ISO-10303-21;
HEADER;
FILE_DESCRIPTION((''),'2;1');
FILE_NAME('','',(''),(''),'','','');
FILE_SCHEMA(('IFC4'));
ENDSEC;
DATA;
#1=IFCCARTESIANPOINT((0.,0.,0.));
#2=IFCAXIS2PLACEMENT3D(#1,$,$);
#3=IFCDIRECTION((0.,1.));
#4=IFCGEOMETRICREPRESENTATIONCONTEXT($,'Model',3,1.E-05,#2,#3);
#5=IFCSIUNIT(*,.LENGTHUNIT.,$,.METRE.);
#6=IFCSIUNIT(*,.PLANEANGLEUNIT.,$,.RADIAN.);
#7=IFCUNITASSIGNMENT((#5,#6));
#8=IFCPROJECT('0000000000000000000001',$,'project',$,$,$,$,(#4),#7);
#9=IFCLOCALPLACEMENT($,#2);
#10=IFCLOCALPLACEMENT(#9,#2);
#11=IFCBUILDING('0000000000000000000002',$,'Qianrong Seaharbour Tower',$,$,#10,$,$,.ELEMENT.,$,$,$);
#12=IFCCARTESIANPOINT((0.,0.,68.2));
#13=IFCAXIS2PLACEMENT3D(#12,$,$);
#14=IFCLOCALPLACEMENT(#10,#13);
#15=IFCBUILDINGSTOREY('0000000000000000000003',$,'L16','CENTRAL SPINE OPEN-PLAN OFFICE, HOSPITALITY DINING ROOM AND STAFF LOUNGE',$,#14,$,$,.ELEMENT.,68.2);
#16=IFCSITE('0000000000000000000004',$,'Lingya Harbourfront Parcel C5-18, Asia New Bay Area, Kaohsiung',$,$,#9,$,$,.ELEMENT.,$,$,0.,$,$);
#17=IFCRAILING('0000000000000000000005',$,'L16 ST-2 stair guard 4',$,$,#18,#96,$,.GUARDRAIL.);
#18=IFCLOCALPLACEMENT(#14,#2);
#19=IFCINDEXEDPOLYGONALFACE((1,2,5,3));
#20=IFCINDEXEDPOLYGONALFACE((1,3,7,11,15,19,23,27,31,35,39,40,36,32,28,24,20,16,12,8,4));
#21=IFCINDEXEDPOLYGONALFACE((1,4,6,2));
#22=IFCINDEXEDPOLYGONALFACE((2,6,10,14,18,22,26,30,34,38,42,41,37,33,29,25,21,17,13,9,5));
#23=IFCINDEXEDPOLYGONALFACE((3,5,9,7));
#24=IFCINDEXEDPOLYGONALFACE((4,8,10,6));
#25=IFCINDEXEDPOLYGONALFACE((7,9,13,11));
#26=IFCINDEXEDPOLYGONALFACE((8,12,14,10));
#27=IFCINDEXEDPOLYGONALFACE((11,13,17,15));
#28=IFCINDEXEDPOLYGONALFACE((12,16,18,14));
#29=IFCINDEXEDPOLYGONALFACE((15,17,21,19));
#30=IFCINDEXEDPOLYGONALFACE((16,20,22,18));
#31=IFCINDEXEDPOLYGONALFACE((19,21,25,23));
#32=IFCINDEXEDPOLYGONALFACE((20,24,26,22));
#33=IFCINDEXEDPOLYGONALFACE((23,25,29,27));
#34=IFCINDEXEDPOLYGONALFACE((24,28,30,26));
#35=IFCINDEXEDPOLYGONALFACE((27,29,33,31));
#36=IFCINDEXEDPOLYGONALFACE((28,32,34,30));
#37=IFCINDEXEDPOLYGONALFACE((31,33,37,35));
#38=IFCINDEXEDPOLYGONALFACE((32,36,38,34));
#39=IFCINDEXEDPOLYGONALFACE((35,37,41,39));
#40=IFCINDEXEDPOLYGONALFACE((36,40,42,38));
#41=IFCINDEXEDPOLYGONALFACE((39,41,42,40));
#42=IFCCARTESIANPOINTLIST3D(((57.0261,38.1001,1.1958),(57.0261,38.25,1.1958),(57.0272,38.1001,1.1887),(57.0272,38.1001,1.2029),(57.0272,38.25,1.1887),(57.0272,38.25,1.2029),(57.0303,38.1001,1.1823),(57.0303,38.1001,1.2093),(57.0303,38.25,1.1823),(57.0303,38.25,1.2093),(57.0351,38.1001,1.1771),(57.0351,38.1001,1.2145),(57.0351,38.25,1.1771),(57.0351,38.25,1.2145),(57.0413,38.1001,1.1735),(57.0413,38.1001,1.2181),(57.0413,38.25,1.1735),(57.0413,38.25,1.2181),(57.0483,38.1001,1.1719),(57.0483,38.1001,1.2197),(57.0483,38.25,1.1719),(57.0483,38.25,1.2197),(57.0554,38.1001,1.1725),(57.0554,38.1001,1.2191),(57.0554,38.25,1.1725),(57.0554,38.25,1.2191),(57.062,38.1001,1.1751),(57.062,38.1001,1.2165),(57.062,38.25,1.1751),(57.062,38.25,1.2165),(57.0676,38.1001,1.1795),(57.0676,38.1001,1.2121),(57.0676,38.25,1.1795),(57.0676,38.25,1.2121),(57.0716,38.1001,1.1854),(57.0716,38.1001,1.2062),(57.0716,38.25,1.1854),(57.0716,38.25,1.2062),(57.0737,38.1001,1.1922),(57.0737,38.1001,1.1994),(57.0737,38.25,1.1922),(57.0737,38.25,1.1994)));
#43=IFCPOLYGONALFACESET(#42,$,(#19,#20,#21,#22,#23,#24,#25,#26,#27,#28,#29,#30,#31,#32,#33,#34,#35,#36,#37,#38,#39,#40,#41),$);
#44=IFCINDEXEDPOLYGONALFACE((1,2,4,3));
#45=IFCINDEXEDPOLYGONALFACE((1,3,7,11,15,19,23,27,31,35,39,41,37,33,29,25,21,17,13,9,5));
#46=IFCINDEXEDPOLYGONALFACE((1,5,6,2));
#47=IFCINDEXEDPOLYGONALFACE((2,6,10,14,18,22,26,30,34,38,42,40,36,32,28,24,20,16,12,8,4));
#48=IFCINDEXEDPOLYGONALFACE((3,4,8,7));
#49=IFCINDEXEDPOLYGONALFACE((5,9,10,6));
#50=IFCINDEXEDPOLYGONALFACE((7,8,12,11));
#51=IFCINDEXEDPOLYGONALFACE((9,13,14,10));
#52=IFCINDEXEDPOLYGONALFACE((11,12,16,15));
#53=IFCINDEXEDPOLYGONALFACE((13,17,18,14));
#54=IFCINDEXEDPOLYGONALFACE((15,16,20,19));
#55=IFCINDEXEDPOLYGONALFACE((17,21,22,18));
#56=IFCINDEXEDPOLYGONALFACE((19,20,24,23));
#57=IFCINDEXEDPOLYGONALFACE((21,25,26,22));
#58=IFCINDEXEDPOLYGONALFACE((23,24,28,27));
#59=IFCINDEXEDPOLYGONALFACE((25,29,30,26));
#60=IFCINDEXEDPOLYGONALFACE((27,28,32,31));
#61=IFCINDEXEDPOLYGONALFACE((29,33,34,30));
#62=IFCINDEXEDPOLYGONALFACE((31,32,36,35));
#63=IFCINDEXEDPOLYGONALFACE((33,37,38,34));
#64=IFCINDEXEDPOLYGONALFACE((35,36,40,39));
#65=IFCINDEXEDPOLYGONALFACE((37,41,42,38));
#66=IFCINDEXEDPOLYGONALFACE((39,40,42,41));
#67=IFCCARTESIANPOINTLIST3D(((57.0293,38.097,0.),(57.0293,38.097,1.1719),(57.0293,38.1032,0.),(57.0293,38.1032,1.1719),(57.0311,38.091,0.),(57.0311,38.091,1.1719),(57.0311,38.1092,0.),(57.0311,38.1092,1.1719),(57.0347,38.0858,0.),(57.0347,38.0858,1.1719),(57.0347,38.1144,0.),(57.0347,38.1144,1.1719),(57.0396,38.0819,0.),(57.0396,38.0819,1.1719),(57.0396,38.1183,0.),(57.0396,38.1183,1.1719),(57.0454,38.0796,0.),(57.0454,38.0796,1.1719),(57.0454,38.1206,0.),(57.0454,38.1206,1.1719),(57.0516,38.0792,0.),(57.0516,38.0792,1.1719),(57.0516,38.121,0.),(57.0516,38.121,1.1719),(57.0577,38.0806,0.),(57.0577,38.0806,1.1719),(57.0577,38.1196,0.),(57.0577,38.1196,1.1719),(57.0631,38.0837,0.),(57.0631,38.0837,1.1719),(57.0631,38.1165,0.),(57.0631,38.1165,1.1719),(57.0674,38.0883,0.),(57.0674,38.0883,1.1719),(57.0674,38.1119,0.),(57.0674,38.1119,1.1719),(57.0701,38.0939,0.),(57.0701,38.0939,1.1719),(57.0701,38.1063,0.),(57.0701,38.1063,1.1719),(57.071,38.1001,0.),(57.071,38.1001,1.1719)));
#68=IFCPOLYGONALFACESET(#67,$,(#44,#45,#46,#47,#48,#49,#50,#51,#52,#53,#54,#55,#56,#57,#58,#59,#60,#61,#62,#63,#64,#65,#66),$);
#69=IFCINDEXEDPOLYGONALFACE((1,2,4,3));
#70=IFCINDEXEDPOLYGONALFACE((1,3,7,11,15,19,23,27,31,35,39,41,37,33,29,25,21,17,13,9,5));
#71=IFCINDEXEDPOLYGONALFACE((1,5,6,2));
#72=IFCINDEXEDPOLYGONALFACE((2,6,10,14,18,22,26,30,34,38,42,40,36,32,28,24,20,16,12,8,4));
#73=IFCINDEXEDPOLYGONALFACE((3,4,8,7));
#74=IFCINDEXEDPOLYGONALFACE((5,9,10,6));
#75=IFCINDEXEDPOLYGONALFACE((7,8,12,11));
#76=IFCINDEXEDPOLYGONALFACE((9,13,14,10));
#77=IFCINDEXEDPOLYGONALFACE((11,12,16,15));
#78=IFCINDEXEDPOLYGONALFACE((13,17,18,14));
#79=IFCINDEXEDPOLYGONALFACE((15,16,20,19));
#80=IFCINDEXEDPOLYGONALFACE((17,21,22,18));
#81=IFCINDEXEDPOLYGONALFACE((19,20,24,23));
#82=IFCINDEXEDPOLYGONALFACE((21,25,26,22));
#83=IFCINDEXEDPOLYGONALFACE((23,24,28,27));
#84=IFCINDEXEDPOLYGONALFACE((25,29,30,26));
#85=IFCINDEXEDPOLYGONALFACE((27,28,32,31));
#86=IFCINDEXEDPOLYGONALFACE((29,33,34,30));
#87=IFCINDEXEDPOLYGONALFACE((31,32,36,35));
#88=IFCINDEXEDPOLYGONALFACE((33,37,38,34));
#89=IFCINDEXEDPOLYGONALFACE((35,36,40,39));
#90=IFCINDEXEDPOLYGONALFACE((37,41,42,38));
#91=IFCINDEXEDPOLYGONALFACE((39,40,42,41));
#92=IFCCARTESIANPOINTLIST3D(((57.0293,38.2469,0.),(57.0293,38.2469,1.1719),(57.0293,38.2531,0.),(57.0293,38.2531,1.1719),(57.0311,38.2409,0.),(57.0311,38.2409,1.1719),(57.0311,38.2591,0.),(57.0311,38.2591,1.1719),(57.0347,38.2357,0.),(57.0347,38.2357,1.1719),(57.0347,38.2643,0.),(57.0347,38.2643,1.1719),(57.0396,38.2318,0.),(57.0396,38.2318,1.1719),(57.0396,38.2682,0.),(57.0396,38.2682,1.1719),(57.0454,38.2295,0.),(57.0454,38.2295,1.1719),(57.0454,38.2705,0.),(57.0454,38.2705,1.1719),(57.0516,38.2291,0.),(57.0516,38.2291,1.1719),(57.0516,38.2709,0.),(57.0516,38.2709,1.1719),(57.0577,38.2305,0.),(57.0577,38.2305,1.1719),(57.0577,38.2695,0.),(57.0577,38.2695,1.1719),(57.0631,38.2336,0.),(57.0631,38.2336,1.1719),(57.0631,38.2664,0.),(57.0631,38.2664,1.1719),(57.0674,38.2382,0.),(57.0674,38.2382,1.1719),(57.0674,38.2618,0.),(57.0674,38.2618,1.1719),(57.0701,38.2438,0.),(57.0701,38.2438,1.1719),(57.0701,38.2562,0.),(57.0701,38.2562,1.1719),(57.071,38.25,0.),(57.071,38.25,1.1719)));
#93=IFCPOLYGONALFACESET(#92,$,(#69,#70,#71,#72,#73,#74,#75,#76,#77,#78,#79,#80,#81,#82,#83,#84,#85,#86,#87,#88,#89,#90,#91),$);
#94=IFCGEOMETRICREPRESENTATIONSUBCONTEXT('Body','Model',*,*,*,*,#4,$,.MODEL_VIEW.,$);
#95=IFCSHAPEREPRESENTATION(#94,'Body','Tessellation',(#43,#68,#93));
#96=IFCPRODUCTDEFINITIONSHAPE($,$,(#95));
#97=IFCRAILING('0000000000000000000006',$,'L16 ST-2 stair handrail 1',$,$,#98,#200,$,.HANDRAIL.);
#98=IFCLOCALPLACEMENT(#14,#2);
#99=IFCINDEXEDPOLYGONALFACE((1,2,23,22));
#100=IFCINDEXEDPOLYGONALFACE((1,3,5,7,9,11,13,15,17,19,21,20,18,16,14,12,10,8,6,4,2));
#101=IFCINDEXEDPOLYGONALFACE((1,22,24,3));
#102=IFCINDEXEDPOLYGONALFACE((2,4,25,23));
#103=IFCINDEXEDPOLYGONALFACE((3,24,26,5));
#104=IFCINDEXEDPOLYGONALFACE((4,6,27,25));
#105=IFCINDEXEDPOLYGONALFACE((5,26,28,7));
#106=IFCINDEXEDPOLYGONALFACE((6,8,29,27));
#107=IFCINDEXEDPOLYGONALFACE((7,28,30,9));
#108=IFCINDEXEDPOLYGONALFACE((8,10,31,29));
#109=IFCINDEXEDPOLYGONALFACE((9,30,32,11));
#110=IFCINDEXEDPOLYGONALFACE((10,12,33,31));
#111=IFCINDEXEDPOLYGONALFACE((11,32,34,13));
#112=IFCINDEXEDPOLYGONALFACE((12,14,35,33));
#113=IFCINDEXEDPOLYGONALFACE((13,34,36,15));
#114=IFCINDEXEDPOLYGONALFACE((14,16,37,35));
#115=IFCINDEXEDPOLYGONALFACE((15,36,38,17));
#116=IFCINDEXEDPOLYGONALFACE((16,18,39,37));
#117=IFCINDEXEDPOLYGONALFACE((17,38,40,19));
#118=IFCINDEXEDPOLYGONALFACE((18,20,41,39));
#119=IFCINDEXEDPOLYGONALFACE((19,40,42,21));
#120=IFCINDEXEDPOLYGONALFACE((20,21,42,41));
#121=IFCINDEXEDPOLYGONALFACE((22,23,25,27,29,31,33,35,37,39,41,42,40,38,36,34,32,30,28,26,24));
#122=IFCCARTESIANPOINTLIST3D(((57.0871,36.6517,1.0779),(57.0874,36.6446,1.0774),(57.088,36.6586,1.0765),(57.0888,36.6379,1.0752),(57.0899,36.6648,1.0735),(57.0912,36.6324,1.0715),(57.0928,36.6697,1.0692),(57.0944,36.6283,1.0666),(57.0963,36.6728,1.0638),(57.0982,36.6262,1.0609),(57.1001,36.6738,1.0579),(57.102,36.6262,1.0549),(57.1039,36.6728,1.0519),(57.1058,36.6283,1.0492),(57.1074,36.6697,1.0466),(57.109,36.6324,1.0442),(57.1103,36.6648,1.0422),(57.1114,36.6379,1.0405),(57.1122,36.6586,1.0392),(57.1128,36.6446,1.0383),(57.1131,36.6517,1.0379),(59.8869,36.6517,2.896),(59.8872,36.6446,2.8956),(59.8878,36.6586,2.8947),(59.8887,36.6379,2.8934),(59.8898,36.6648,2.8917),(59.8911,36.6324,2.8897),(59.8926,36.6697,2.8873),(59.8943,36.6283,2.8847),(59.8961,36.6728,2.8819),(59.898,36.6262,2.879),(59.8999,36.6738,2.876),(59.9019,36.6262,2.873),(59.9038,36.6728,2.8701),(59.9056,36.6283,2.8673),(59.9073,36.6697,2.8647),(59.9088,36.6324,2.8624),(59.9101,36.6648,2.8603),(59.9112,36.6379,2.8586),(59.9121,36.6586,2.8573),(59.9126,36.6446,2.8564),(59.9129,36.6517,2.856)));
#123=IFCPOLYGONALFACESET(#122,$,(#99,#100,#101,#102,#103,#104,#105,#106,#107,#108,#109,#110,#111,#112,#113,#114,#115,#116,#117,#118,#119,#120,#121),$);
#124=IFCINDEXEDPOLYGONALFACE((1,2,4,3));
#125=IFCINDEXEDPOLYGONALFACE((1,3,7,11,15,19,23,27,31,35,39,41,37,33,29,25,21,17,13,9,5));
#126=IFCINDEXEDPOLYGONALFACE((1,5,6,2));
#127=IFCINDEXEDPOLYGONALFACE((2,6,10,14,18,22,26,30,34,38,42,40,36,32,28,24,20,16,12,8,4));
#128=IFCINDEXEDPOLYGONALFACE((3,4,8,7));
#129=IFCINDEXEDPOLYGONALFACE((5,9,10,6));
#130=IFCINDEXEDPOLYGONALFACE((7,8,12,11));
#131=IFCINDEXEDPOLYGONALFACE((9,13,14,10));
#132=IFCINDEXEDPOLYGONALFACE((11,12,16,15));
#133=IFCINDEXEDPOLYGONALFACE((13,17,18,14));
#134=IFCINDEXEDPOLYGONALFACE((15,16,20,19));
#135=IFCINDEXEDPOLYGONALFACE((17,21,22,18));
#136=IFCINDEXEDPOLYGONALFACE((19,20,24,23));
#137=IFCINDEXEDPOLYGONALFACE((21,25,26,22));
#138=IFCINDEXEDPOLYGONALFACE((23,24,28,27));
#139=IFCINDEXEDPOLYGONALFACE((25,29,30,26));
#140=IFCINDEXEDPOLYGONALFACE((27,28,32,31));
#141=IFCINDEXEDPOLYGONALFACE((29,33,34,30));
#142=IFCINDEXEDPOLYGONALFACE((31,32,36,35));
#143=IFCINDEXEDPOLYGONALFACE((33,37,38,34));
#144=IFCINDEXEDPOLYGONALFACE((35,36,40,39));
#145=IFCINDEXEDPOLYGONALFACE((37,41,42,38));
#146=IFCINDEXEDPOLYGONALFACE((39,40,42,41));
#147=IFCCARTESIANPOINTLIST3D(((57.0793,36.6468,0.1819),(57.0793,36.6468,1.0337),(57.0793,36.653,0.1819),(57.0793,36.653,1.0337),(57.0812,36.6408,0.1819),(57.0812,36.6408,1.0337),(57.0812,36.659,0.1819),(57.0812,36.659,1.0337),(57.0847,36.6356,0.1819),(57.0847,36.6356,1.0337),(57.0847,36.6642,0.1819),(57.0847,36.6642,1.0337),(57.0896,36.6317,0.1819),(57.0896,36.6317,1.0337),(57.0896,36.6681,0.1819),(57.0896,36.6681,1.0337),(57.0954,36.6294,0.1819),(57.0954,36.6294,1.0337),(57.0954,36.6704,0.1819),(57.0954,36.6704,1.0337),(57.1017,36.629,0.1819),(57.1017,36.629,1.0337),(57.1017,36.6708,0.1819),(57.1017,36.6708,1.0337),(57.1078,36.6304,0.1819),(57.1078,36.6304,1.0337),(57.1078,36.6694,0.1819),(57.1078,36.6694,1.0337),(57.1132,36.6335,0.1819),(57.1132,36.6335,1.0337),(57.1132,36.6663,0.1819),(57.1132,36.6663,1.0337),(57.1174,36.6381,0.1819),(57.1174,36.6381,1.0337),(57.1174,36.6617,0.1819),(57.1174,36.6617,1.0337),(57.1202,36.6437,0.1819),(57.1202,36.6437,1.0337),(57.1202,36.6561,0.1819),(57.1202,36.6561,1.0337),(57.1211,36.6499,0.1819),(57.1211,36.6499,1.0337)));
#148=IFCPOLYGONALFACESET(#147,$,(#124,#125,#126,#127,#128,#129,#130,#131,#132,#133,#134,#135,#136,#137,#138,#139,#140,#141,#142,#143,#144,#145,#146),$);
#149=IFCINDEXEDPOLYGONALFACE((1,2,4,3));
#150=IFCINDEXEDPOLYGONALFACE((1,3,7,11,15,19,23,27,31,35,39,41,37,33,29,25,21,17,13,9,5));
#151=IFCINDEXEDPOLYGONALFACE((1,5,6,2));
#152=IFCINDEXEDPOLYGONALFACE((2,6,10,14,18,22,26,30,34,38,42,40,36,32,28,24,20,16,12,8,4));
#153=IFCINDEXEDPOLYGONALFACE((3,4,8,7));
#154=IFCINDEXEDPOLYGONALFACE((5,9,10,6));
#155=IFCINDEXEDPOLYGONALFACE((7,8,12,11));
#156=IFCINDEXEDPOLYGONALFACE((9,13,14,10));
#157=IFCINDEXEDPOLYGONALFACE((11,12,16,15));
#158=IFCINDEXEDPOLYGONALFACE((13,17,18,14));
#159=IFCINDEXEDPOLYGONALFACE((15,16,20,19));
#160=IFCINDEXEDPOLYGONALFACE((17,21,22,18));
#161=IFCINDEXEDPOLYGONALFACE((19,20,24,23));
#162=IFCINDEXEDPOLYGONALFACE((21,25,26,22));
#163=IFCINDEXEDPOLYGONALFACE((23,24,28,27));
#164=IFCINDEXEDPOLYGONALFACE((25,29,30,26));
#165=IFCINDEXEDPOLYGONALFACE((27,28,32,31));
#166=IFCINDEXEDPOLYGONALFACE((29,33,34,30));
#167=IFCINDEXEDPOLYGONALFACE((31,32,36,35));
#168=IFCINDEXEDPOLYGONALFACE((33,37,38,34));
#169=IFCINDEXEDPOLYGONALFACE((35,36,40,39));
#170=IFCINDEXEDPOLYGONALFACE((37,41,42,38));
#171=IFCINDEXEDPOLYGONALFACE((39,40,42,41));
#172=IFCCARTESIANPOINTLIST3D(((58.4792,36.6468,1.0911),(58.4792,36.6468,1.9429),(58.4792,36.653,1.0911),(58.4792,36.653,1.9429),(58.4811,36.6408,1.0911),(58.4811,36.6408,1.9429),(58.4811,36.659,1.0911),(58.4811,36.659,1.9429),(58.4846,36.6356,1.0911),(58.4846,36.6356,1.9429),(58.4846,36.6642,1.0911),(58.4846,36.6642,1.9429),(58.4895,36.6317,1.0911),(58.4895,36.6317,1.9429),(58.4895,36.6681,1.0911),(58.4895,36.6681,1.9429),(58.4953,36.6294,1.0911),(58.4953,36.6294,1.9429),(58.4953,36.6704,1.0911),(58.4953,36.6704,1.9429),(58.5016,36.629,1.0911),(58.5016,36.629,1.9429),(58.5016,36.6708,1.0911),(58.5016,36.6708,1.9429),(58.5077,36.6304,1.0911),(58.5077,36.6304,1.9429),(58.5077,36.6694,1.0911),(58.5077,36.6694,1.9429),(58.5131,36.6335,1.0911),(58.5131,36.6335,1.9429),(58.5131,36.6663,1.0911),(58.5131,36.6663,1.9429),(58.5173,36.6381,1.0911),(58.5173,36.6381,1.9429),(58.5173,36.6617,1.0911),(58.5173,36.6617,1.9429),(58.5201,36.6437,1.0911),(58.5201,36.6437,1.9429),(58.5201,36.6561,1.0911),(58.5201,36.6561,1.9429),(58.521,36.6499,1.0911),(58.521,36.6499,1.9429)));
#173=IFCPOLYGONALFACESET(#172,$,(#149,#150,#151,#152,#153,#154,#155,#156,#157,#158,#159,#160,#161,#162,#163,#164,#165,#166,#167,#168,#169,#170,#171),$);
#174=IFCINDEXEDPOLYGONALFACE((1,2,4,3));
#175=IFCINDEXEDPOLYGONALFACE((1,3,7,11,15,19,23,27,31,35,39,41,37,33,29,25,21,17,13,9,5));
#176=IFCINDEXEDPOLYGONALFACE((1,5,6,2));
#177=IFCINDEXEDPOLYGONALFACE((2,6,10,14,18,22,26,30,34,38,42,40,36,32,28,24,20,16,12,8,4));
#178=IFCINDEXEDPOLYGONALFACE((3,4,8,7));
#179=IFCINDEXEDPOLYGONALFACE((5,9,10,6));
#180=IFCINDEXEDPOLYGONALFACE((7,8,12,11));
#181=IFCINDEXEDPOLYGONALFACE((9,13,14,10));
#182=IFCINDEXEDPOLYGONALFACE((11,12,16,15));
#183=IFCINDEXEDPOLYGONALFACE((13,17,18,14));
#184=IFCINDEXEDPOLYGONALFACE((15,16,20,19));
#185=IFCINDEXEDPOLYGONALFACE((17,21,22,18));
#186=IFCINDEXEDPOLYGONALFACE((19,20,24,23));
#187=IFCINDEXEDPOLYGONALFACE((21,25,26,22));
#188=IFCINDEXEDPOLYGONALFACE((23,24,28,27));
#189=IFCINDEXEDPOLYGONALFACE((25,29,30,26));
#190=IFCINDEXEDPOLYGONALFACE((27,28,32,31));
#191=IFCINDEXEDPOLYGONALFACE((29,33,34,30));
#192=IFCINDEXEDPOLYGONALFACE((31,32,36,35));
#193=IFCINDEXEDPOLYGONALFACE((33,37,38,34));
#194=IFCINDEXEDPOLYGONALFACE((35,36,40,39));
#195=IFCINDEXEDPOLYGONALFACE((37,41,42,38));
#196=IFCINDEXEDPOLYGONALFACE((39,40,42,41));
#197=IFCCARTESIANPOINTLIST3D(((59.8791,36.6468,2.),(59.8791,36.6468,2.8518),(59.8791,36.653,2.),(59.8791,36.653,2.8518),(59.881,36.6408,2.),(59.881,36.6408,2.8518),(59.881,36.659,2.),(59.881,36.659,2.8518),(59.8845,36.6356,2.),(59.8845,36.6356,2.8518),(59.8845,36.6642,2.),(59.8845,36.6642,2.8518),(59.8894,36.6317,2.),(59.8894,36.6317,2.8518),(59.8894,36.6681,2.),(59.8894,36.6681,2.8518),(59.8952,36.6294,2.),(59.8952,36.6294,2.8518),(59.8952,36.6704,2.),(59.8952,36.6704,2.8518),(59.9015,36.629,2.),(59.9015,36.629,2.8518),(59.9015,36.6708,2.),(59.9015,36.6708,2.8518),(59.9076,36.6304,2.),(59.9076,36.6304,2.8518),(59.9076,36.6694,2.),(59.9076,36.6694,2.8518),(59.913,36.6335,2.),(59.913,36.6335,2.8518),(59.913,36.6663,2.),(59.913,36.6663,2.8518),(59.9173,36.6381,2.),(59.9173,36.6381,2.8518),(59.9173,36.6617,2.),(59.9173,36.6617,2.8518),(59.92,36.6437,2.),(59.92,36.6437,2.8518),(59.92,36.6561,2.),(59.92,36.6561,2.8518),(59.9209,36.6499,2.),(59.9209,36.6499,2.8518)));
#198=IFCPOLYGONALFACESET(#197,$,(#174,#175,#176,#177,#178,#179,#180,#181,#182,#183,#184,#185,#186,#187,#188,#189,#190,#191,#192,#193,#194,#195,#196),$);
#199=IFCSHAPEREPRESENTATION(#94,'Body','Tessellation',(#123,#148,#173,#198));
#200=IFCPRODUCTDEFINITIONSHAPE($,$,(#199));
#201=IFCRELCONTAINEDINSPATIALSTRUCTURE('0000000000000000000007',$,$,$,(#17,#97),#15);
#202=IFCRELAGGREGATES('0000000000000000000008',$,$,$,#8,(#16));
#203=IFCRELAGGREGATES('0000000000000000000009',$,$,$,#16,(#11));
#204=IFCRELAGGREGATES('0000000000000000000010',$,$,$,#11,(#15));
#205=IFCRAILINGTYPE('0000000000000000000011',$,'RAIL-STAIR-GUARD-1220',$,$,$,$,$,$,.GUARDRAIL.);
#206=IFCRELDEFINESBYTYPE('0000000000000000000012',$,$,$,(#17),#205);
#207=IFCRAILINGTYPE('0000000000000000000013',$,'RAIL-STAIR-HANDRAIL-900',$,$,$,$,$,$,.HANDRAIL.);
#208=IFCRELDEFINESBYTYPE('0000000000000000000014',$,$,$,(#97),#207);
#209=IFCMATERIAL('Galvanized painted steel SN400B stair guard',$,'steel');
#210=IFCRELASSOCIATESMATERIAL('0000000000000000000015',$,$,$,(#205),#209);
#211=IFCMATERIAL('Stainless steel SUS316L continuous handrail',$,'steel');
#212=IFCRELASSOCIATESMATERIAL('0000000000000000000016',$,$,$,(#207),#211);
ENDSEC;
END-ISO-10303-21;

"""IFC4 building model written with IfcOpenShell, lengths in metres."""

from ifc_helpers import new_model, si_unit, direction, frame, origin, origin_2d, place, context, subcontext, project, spatial, circle, extrude, material, type_object, element, save


model = new_model("IFC4")

# Units and contexts
model_context = context("Model", 3, precision=1e-05, world=origin(), true_north=direction((0.0, 1.0)))
body_context = subcontext(model_context, "Body", "Model", "MODEL_VIEW")
ifc_project = project(units=[si_unit("LENGTHUNIT", "METRE"), si_unit("PLANEANGLEUNIT", "RADIAN")], contexts=[model_context])

# Site, building, storey
site_placement = place(None, origin())
site = spatial("IfcSite", under=ifc_project, at=site_placement, Name="Lingya Harbourfront Parcel C5-18, Asia New Bay Area, Kaohsiung", CompositionType="ELEMENT", RefElevation=0.0)
building_placement = place(site_placement, origin())
building = spatial("IfcBuilding", under=site, at=building_placement, Name="Qianrong Seaharbour Tower", CompositionType="ELEMENT")
storey_placement = place(building_placement, frame((0.0, 0.0, 68.2)))
storey = spatial("IfcBuildingStorey", under=building, at=storey_placement, Name="L16", Description="CENTRAL SPINE OPEN-PLAN OFFICE, HOSPITALITY DINING ROOM AND STAFF LOUNGE", CompositionType="ELEMENT", Elevation=68.2)

# Railings
ifc_material_1 = material(Name="Galvanized painted steel SN400B stair guard", Category="steel")
railing_type_1 = type_object("IfcRailingType", Name="RAIL-STAIR-GUARD-1220", PredefinedType="GUARDRAIL", material=ifc_material_1)
railing_1_placement = place(storey_placement, frame((57.05, 38.1001, 0.0)))
element("IfcRailing", 1, at=railing_1_placement, inside=storey, type_object=railing_type_1, Name="L16 ST-2 stair guard 4", PredefinedType="GUARDRAIL", context=body_context, shape_type="SweptSolid", body=[
    extrude(circle(Radius=0.0239, at=origin_2d()), frame((0.0, 0.0, 1.1958), z_axis=(0.0, 1.0, 0.0), x_axis=(-1.0, 0.0, 0.0)), (0.0, 0.0, 1.0), 0.1499),
    extrude(circle(Radius=0.021, at=origin_2d()), origin(), (0.0, 0.0, 1.0), 1.1719),
    extrude(circle(Radius=0.021, at=origin_2d()), frame((0.0, 0.1499, 0.0)), (0.0, 0.0, 1.0), 1.1719),
])
ifc_material_2 = material(Name="Stainless steel SUS316L continuous handrail", Category="steel")
railing_type_2 = type_object("IfcRailingType", Name="RAIL-STAIR-HANDRAIL-900", PredefinedType="HANDRAIL", material=ifc_material_2)
railing_2_placement = place(storey_placement, frame((57.1001, 36.6499, 0.1819)))
element("IfcRailing", 2, at=railing_2_placement, inside=storey, type_object=railing_type_2, Name="L16 ST-2 stair handrail 1", PredefinedType="HANDRAIL", context=body_context, shape_type="SweptSolid", body=[
    extrude(circle(Radius=0.0239, at=origin_2d()), frame((0.0, 0.0, 0.876), z_axis=(0.838684, 0.0, 0.544618), x_axis=(0.0, 1.0, 0.0)), (0.0, 0.0, 1.0), 3.3384),
    extrude(circle(Radius=0.021, at=origin_2d()), origin(), (0.0, 0.0, 1.0), 0.8518),
    extrude(circle(Radius=0.021, at=origin_2d()), frame((1.3999, 0.0, 0.9092)), (0.0, 0.0, 1.0), 0.8518),
    extrude(circle(Radius=0.021, at=origin_2d()), frame((2.7998, 0.0, 1.8181)), (0.0, 0.0, 1.0), 0.8518),
])

save(model, "model.ifc")
